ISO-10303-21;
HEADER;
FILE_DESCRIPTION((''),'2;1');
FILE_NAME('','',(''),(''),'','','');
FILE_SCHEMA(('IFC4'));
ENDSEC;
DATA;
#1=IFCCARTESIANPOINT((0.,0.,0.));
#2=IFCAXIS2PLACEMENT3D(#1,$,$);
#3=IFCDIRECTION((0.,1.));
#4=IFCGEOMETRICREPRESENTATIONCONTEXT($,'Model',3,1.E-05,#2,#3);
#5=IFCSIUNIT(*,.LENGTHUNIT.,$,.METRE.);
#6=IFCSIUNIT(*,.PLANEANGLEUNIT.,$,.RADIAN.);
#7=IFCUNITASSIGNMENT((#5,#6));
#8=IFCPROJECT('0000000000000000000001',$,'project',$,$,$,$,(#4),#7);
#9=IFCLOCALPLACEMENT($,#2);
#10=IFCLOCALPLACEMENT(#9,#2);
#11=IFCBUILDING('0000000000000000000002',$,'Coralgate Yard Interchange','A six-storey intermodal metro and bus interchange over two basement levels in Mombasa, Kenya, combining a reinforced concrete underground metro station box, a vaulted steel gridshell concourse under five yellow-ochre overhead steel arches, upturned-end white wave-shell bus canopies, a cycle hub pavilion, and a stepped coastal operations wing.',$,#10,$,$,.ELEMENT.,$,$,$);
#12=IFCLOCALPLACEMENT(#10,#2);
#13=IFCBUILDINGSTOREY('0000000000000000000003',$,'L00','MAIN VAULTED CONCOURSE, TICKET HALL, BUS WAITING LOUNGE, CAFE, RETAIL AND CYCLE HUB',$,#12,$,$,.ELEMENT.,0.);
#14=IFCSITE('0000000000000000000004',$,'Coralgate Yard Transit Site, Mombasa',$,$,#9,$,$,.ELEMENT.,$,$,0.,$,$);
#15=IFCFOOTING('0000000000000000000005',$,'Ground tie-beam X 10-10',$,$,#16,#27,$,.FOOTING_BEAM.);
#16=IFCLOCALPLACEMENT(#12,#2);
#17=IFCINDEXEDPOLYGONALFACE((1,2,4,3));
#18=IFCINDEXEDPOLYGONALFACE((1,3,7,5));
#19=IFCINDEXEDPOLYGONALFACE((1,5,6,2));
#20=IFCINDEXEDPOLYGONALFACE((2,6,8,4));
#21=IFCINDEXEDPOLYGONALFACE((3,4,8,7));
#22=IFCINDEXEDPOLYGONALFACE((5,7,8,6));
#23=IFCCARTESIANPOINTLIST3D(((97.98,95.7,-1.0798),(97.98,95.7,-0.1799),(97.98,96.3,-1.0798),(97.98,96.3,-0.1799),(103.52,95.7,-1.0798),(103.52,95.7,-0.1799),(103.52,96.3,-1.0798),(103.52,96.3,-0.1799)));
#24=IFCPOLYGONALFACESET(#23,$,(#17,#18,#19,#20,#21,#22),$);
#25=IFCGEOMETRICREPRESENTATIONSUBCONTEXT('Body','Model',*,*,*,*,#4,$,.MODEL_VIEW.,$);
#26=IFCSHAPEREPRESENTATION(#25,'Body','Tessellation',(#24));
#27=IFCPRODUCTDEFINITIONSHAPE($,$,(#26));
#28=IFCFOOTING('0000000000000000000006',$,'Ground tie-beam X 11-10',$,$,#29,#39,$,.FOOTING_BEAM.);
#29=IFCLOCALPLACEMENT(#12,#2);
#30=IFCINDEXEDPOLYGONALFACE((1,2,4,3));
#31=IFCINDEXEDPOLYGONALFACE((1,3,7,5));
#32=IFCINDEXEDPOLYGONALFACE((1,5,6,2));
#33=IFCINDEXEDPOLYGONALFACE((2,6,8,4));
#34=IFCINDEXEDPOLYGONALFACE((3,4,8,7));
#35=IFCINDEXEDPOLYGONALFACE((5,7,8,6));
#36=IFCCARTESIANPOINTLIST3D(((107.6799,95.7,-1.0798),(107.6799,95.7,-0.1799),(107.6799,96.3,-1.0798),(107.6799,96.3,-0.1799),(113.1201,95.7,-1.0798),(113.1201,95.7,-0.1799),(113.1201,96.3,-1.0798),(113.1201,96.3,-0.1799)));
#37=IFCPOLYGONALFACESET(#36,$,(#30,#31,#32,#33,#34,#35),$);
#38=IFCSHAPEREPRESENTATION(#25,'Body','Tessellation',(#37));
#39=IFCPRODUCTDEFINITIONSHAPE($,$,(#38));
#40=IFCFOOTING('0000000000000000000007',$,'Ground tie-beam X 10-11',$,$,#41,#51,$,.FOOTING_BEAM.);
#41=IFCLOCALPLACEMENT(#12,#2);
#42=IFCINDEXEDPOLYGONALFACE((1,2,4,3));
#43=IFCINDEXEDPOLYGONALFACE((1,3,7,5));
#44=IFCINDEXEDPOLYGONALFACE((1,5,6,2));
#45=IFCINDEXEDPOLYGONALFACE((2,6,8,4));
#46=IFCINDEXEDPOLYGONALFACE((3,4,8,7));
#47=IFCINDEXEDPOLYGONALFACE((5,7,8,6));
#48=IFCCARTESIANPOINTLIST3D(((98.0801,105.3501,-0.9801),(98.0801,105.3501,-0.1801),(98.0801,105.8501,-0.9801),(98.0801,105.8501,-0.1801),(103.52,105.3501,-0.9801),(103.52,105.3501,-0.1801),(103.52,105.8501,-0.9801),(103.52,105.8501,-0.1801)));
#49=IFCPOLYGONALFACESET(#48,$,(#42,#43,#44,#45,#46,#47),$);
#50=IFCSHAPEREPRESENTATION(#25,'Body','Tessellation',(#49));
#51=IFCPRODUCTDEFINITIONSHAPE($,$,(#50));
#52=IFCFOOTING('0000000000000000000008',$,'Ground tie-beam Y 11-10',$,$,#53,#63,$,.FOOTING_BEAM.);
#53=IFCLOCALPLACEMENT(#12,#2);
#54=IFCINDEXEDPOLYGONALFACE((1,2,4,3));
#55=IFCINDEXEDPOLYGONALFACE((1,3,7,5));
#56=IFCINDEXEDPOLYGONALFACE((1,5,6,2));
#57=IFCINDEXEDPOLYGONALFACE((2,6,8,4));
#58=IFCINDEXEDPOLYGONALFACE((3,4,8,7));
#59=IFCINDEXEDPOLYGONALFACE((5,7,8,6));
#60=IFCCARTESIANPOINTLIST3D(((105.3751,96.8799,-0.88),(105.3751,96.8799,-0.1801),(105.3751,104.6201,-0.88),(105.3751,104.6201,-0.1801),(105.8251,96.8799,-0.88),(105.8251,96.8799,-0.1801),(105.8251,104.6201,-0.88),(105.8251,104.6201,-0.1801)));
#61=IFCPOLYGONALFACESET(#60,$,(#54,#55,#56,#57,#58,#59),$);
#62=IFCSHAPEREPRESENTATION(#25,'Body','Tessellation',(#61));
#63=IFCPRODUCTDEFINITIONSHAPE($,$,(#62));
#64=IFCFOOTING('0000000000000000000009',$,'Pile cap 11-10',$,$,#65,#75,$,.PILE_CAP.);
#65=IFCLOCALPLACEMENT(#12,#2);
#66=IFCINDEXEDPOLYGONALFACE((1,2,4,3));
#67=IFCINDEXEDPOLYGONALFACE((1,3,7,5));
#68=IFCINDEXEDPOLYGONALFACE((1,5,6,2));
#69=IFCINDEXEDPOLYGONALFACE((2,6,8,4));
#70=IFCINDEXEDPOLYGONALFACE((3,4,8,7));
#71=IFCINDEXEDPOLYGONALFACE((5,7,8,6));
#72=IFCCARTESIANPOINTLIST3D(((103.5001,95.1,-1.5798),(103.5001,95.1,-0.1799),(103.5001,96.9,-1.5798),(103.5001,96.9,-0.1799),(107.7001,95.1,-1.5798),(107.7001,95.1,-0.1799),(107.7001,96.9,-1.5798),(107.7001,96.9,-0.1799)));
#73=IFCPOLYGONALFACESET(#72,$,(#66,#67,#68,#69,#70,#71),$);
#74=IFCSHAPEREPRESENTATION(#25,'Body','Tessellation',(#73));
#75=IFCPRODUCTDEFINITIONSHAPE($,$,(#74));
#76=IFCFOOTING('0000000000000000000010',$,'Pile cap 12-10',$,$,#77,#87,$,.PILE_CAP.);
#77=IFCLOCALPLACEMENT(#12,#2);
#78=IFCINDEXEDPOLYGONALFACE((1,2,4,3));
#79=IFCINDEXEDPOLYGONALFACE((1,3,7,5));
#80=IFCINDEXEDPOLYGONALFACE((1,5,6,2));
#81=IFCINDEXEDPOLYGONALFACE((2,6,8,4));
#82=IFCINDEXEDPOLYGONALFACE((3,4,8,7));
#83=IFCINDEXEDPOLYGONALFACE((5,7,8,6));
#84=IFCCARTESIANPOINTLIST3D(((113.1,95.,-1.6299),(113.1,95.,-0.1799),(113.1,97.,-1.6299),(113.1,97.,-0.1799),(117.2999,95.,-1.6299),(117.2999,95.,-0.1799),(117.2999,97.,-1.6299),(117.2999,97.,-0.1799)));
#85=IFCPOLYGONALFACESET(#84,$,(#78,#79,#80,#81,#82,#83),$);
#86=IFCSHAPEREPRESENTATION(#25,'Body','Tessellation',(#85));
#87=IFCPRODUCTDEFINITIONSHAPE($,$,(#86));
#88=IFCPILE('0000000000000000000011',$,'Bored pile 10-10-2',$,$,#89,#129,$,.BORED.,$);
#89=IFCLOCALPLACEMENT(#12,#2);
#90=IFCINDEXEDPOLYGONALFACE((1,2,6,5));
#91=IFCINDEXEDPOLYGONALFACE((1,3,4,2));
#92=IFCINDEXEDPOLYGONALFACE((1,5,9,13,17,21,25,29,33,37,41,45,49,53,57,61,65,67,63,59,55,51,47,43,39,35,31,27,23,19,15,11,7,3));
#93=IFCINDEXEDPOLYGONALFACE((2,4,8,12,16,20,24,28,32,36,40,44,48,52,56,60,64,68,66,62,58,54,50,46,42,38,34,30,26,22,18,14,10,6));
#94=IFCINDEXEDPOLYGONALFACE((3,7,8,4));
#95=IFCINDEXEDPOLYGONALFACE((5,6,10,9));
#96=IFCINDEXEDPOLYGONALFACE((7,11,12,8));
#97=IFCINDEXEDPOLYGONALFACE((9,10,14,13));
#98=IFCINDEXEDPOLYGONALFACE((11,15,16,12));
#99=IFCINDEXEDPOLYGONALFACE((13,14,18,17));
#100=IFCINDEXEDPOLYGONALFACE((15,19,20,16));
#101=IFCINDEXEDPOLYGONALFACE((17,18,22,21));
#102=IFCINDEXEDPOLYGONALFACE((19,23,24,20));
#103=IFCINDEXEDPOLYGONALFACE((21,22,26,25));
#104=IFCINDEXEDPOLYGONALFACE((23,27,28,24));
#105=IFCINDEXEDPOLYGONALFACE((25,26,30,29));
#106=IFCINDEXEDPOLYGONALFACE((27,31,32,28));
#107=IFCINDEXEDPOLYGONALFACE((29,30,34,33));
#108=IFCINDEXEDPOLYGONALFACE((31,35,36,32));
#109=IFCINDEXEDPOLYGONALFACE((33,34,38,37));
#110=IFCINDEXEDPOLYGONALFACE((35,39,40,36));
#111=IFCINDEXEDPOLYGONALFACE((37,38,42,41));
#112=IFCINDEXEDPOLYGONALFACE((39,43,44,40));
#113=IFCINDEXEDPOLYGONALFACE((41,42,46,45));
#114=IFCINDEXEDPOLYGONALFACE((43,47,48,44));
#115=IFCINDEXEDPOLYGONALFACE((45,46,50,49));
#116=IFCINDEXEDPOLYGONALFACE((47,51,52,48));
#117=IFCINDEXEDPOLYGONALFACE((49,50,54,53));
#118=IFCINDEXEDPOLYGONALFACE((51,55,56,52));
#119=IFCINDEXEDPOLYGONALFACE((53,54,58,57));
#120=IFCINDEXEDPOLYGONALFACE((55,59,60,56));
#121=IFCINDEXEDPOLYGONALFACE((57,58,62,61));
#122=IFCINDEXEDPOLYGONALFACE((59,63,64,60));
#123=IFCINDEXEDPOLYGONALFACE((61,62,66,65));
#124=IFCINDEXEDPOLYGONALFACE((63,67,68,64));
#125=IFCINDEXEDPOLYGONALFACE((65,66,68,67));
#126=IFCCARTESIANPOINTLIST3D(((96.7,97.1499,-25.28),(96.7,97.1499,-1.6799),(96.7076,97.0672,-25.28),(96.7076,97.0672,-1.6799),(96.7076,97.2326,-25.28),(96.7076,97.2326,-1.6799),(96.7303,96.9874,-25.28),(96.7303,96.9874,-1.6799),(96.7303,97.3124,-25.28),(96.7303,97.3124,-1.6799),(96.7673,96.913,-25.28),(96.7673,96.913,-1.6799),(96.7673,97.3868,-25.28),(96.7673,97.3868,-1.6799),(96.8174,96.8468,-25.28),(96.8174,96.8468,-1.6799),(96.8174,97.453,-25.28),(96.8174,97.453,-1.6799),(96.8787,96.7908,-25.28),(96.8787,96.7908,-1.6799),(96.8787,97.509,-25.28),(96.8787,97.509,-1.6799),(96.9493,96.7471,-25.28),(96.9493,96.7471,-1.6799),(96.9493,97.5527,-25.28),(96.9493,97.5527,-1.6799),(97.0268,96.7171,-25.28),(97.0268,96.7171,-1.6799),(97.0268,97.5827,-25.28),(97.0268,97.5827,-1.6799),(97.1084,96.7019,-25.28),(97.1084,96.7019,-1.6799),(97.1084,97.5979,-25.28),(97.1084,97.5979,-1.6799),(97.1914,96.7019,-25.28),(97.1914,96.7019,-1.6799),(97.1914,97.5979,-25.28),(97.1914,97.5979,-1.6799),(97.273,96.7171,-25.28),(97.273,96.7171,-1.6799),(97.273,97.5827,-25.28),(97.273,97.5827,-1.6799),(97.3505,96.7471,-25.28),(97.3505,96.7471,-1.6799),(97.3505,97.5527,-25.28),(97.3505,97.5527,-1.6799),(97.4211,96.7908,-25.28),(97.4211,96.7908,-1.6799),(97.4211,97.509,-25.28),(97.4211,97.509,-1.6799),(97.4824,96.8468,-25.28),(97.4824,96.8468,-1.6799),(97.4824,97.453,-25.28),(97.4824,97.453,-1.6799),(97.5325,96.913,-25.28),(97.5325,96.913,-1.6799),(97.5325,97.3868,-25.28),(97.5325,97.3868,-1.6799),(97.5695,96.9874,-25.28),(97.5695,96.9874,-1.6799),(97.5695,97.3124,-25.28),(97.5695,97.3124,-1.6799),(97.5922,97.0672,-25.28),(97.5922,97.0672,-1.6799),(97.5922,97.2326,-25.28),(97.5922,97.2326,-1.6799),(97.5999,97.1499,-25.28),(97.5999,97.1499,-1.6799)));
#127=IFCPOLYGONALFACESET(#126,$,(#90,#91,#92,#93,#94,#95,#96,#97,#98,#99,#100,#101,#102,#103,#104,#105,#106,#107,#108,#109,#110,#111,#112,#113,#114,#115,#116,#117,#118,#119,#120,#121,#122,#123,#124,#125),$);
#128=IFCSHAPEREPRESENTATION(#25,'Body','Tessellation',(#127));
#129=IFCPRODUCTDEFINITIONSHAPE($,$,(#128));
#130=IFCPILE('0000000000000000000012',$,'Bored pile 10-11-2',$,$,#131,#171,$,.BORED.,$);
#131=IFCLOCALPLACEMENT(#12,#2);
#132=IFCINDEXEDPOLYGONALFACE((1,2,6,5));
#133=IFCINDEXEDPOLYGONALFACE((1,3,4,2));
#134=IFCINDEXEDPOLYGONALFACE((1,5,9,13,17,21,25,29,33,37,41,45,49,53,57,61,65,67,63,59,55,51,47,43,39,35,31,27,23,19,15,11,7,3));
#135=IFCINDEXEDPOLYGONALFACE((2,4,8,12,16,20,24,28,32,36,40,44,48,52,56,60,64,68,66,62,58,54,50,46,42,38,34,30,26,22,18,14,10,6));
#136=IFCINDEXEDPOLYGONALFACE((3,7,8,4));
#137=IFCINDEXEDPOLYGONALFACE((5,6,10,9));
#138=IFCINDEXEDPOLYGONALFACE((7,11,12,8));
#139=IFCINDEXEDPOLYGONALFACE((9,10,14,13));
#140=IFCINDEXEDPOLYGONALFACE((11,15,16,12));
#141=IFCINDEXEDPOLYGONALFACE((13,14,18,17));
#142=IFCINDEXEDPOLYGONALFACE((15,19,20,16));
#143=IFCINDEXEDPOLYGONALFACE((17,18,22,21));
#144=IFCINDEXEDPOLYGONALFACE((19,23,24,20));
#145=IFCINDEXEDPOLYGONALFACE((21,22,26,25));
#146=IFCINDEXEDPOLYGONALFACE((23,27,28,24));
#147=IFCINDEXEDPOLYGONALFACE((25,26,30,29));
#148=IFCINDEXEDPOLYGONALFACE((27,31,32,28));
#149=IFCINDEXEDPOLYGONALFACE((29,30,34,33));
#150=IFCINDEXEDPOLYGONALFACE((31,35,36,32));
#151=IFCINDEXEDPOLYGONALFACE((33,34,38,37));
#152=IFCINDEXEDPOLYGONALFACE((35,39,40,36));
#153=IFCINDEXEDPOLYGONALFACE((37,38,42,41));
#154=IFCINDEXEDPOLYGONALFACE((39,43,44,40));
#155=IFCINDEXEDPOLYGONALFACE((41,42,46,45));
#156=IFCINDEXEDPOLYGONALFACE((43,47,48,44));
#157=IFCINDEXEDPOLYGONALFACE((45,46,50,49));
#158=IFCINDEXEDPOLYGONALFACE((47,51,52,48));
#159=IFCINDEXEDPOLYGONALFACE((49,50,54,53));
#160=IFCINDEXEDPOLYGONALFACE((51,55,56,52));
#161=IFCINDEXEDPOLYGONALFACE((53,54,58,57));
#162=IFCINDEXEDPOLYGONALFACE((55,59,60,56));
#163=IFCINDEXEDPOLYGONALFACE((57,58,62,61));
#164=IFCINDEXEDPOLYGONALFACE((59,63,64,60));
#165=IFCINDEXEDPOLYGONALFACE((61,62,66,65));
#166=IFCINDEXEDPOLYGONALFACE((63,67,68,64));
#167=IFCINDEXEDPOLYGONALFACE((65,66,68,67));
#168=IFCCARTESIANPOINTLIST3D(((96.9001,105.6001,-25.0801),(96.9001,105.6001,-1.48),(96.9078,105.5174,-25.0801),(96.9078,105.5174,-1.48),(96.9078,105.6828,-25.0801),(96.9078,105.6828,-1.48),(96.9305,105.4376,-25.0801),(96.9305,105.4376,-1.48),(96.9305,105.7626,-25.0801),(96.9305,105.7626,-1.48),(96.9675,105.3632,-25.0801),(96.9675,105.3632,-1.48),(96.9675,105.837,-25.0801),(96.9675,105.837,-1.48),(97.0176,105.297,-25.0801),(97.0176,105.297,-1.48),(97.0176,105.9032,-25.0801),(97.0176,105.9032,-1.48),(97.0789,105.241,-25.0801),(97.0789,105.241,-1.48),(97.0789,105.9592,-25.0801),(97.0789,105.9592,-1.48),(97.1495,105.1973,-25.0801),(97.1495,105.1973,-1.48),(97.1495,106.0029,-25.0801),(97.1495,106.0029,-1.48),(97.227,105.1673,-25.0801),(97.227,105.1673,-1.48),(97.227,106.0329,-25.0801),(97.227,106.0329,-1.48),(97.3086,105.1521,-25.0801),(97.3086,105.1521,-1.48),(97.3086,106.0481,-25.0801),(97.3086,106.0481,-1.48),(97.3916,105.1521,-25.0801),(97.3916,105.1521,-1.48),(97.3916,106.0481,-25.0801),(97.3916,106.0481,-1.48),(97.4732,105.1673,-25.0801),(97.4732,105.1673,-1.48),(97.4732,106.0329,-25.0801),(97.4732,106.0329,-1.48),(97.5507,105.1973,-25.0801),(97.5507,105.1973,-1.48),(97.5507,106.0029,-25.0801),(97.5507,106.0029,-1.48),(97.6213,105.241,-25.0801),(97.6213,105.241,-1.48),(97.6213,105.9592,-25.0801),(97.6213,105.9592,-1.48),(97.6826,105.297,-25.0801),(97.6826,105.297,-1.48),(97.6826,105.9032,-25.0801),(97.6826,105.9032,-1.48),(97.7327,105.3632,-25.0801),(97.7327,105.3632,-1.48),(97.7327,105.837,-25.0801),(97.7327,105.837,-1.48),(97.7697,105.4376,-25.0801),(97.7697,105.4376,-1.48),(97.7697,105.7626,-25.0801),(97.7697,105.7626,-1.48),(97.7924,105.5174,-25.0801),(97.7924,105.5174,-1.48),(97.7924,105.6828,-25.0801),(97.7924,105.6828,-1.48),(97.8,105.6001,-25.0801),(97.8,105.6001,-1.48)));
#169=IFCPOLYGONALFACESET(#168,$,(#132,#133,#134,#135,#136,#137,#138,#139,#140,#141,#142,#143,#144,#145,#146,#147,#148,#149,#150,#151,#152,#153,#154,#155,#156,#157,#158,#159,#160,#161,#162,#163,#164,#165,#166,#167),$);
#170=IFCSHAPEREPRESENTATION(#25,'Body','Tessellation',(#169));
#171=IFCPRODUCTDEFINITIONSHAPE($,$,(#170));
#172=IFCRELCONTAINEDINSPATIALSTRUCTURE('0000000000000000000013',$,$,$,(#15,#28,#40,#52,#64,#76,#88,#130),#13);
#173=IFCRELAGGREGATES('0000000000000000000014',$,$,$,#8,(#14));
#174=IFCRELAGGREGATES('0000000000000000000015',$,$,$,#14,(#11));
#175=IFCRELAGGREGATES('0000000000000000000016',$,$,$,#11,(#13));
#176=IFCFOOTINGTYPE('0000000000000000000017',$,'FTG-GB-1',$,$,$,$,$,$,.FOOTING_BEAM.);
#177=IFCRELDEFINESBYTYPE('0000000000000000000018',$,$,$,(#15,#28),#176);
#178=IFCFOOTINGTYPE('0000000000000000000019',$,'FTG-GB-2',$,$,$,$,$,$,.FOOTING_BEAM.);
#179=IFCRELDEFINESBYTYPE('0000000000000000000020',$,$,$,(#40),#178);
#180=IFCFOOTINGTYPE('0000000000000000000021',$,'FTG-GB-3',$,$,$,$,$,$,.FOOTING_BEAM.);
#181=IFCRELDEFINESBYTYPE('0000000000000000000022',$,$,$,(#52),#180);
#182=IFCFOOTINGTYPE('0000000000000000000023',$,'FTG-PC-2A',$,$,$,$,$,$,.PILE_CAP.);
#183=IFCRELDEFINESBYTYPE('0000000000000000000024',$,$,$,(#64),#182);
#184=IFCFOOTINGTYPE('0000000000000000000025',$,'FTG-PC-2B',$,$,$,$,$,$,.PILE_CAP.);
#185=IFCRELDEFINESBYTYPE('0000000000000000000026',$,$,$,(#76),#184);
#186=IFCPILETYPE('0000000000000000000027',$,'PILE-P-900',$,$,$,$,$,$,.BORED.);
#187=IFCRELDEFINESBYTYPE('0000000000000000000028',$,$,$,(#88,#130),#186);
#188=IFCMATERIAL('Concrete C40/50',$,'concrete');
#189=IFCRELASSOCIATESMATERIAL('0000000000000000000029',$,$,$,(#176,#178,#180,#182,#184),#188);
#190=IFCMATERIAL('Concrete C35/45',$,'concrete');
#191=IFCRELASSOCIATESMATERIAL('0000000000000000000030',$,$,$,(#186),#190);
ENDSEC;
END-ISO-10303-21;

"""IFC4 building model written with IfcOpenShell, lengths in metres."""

from ifc_helpers import new_model, si_unit, direction, frame, origin, origin_2d, place, context, subcontext, project, spatial, rectangle, circle, extrude, material, material_profile, profile_set, type_object, element, save


model = new_model("IFC4")

# Units and contexts
model_context = context("Model", 3, precision=1e-05, world=origin(), true_north=direction((0.0, 1.0)))
body_context = subcontext(model_context, "Body", "Model", "MODEL_VIEW")
ifc_project = project(units=[si_unit("LENGTHUNIT", "METRE"), si_unit("PLANEANGLEUNIT", "RADIAN")], contexts=[model_context])

# Site, building, storey
site_placement = place(None, origin())
site = spatial("IfcSite", under=ifc_project, at=site_placement, Name="Coralgate Yard Transit Site, Mombasa", CompositionType="ELEMENT", RefElevation=0.0)
building_placement = place(site_placement, origin())
building = spatial("IfcBuilding", under=site, at=building_placement, Name="Coralgate Yard Interchange", Description="A six-storey intermodal metro and bus interchange over two basement levels in Mombasa, Kenya, combining a reinforced concrete underground metro station box, a vaulted steel gridshell concourse under five yellow-ochre overhead steel arches, upturned-end white wave-shell bus canopies, a cycle hub pavilion, and a stepped coastal operations wing.", CompositionType="ELEMENT")
storey_placement = place(building_placement, origin())
storey = spatial("IfcBuildingStorey", under=building, at=storey_placement, Name="L00", Description="MAIN VAULTED CONCOURSE, TICKET HALL, BUS WAITING LOUNGE, CAFE, RETAIL AND CYCLE HUB", CompositionType="ELEMENT", Elevation=0.0)

# Footings
ifc_material_1 = material(Name="Concrete C40/50", Category="concrete")
ifc_material_profile_1 = material_profile(ifc_material_1, rectangle(XDim=0.6001, YDim=0.8999, at=origin_2d()), Name="RC 600x900")
ifc_profile_set_1 = profile_set([ifc_material_profile_1], Name="Concrete C40/50")
footing_type_1 = type_object("IfcFootingType", Name="FTG-GB-1", PredefinedType="FOOTING_BEAM", material=ifc_profile_set_1)
footing_1_placement = place(storey_placement, frame((97.98, 96.0, -0.6299), z_axis=(1.0, 0.0, 0.0), x_axis=(0.0, 1.0, 0.0)))
element("IfcFooting", 1, at=footing_1_placement, inside=storey, type_object=footing_type_1, Name="Ground tie-beam X 10-10", PredefinedType="FOOTING_BEAM", context=body_context, shape_type="SweptSolid", body=[
    extrude(rectangle(XDim=0.6001, YDim=0.8999, at=origin_2d()), origin(), (0.0, 0.0, 1.0), 5.54),
])
footing_2_placement = place(storey_placement, frame((107.6799, 96.0, -0.6299), z_axis=(1.0, 0.0, 0.0), x_axis=(0.0, 1.0, 0.0)))
element("IfcFooting", 2, at=footing_2_placement, inside=storey, type_object=footing_type_1, Name="Ground tie-beam X 11-10", PredefinedType="FOOTING_BEAM", context=body_context, shape_type="SweptSolid", body=[
    extrude(rectangle(XDim=0.6001, YDim=0.8999, at=origin_2d()), origin(), (0.0, 0.0, 1.0), 5.4402),
])
ifc_material_profile_2 = material_profile(ifc_material_1, rectangle(XDim=0.5, YDim=0.8, at=origin_2d()), Name="RC 500x800")
ifc_profile_set_2 = profile_set([ifc_material_profile_2], Name="Concrete C40/50")
footing_type_2 = type_object("IfcFootingType", Name="FTG-GB-2", PredefinedType="FOOTING_BEAM", material=ifc_profile_set_2)
footing_3_placement = place(storey_placement, frame((98.0801, 105.6001, -0.5801), z_axis=(1.0, 0.0, 0.0), x_axis=(0.0, 1.0, 0.0)))
element("IfcFooting", 3, at=footing_3_placement, inside=storey, type_object=footing_type_2, Name="Ground tie-beam X 10-11", PredefinedType="FOOTING_BEAM", context=body_context, shape_type="SweptSolid", body=[
    extrude(rectangle(XDim=0.5, YDim=0.8, at=origin_2d()), origin(), (0.0, 0.0, 1.0), 5.4399),
])
ifc_material_profile_3 = material_profile(ifc_material_1, rectangle(XDim=0.45, YDim=0.7, at=origin_2d()), Name="RC 450x700")
ifc_profile_set_3 = profile_set([ifc_material_profile_3], Name="Concrete C40/50")
footing_type_3 = type_object("IfcFootingType", Name="FTG-GB-3", PredefinedType="FOOTING_BEAM", material=ifc_profile_set_3)
footing_4_placement = place(storey_placement, frame((105.6001, 96.8799, -0.53), z_axis=(0.0, 1.0, 0.0), x_axis=(-1.0, 0.0, 0.0)))
element("IfcFooting", 4, at=footing_4_placement, inside=storey, type_object=footing_type_3, Name="Ground tie-beam Y 11-10", PredefinedType="FOOTING_BEAM", context=body_context, shape_type="SweptSolid", body=[
    extrude(rectangle(XDim=0.45, YDim=0.7, at=origin_2d()), origin(), (0.0, 0.0, 1.0), 7.7402),
])
footing_type_4 = type_object("IfcFootingType", Name="FTG-PC-2A", PredefinedType="PILE_CAP", material=ifc_material_1)
footing_5_placement = place(storey_placement, frame((105.6001, 96.0, -1.5798), z_axis=(0.0, 0.0, 1.0), x_axis=(1.0, 0.0, 0.0)))
element("IfcFooting", 5, at=footing_5_placement, inside=storey, type_object=footing_type_4, Name="Pile cap 11-10", PredefinedType="PILE_CAP", context=body_context, shape_type="SweptSolid", body=[
    extrude(rectangle(XDim=4.2, YDim=1.8, at=origin_2d()), origin(), (0.0, 0.0, 1.0), 1.3999),
])
footing_type_5 = type_object("IfcFootingType", Name="FTG-PC-2B", PredefinedType="PILE_CAP", material=ifc_material_1)
footing_6_placement = place(storey_placement, frame((115.2, 96.0, -1.6299), z_axis=(0.0, 0.0, 1.0), x_axis=(1.0, 0.0, 0.0)))
element("IfcFooting", 6, at=footing_6_placement, inside=storey, type_object=footing_type_5, Name="Pile cap 12-10", PredefinedType="PILE_CAP", context=body_context, shape_type="SweptSolid", body=[
    extrude(rectangle(XDim=4.2, YDim=2.0, at=origin_2d()), origin(), (0.0, 0.0, 1.0), 1.45),
])

# Piles
ifc_material_2 = material(Name="Concrete C35/45", Category="concrete")
ifc_material_profile_4 = material_profile(ifc_material_2, circle(Radius=0.45, at=origin_2d()), Name="BORED PILE D900")
ifc_profile_set_4 = profile_set([ifc_material_profile_4], Name="Concrete C35/45")
pile_type = type_object("IfcPileType", Name="PILE-P-900", PredefinedType="BORED", material=ifc_profile_set_4)
for number, where, z_axis, x_axis, name in (
    (7, (97.1499, 97.1499, -1.6799), (0.0, 0.0, -1.0), (1.0, 0.0, 0.0), "Bored pile 10-10-2"),
    (8, (97.3501, 105.6001, -1.48), (0.0, 0.0, -1.0), (1.0, 0.0, 0.0), "Bored pile 10-11-2"),
):
    element("IfcPile", number, at=place(storey_placement, frame(where, z_axis=z_axis, x_axis=x_axis)), inside=storey, type_object=pile_type, Name=name, PredefinedType="BORED", context=body_context, shape_type="SweptSolid", body=[
        extrude(circle(Radius=0.45, at=origin_2d()), origin(), (0.0, 0.0, 1.0), 23.6001),
    ])

save(model, "model.ifc")
